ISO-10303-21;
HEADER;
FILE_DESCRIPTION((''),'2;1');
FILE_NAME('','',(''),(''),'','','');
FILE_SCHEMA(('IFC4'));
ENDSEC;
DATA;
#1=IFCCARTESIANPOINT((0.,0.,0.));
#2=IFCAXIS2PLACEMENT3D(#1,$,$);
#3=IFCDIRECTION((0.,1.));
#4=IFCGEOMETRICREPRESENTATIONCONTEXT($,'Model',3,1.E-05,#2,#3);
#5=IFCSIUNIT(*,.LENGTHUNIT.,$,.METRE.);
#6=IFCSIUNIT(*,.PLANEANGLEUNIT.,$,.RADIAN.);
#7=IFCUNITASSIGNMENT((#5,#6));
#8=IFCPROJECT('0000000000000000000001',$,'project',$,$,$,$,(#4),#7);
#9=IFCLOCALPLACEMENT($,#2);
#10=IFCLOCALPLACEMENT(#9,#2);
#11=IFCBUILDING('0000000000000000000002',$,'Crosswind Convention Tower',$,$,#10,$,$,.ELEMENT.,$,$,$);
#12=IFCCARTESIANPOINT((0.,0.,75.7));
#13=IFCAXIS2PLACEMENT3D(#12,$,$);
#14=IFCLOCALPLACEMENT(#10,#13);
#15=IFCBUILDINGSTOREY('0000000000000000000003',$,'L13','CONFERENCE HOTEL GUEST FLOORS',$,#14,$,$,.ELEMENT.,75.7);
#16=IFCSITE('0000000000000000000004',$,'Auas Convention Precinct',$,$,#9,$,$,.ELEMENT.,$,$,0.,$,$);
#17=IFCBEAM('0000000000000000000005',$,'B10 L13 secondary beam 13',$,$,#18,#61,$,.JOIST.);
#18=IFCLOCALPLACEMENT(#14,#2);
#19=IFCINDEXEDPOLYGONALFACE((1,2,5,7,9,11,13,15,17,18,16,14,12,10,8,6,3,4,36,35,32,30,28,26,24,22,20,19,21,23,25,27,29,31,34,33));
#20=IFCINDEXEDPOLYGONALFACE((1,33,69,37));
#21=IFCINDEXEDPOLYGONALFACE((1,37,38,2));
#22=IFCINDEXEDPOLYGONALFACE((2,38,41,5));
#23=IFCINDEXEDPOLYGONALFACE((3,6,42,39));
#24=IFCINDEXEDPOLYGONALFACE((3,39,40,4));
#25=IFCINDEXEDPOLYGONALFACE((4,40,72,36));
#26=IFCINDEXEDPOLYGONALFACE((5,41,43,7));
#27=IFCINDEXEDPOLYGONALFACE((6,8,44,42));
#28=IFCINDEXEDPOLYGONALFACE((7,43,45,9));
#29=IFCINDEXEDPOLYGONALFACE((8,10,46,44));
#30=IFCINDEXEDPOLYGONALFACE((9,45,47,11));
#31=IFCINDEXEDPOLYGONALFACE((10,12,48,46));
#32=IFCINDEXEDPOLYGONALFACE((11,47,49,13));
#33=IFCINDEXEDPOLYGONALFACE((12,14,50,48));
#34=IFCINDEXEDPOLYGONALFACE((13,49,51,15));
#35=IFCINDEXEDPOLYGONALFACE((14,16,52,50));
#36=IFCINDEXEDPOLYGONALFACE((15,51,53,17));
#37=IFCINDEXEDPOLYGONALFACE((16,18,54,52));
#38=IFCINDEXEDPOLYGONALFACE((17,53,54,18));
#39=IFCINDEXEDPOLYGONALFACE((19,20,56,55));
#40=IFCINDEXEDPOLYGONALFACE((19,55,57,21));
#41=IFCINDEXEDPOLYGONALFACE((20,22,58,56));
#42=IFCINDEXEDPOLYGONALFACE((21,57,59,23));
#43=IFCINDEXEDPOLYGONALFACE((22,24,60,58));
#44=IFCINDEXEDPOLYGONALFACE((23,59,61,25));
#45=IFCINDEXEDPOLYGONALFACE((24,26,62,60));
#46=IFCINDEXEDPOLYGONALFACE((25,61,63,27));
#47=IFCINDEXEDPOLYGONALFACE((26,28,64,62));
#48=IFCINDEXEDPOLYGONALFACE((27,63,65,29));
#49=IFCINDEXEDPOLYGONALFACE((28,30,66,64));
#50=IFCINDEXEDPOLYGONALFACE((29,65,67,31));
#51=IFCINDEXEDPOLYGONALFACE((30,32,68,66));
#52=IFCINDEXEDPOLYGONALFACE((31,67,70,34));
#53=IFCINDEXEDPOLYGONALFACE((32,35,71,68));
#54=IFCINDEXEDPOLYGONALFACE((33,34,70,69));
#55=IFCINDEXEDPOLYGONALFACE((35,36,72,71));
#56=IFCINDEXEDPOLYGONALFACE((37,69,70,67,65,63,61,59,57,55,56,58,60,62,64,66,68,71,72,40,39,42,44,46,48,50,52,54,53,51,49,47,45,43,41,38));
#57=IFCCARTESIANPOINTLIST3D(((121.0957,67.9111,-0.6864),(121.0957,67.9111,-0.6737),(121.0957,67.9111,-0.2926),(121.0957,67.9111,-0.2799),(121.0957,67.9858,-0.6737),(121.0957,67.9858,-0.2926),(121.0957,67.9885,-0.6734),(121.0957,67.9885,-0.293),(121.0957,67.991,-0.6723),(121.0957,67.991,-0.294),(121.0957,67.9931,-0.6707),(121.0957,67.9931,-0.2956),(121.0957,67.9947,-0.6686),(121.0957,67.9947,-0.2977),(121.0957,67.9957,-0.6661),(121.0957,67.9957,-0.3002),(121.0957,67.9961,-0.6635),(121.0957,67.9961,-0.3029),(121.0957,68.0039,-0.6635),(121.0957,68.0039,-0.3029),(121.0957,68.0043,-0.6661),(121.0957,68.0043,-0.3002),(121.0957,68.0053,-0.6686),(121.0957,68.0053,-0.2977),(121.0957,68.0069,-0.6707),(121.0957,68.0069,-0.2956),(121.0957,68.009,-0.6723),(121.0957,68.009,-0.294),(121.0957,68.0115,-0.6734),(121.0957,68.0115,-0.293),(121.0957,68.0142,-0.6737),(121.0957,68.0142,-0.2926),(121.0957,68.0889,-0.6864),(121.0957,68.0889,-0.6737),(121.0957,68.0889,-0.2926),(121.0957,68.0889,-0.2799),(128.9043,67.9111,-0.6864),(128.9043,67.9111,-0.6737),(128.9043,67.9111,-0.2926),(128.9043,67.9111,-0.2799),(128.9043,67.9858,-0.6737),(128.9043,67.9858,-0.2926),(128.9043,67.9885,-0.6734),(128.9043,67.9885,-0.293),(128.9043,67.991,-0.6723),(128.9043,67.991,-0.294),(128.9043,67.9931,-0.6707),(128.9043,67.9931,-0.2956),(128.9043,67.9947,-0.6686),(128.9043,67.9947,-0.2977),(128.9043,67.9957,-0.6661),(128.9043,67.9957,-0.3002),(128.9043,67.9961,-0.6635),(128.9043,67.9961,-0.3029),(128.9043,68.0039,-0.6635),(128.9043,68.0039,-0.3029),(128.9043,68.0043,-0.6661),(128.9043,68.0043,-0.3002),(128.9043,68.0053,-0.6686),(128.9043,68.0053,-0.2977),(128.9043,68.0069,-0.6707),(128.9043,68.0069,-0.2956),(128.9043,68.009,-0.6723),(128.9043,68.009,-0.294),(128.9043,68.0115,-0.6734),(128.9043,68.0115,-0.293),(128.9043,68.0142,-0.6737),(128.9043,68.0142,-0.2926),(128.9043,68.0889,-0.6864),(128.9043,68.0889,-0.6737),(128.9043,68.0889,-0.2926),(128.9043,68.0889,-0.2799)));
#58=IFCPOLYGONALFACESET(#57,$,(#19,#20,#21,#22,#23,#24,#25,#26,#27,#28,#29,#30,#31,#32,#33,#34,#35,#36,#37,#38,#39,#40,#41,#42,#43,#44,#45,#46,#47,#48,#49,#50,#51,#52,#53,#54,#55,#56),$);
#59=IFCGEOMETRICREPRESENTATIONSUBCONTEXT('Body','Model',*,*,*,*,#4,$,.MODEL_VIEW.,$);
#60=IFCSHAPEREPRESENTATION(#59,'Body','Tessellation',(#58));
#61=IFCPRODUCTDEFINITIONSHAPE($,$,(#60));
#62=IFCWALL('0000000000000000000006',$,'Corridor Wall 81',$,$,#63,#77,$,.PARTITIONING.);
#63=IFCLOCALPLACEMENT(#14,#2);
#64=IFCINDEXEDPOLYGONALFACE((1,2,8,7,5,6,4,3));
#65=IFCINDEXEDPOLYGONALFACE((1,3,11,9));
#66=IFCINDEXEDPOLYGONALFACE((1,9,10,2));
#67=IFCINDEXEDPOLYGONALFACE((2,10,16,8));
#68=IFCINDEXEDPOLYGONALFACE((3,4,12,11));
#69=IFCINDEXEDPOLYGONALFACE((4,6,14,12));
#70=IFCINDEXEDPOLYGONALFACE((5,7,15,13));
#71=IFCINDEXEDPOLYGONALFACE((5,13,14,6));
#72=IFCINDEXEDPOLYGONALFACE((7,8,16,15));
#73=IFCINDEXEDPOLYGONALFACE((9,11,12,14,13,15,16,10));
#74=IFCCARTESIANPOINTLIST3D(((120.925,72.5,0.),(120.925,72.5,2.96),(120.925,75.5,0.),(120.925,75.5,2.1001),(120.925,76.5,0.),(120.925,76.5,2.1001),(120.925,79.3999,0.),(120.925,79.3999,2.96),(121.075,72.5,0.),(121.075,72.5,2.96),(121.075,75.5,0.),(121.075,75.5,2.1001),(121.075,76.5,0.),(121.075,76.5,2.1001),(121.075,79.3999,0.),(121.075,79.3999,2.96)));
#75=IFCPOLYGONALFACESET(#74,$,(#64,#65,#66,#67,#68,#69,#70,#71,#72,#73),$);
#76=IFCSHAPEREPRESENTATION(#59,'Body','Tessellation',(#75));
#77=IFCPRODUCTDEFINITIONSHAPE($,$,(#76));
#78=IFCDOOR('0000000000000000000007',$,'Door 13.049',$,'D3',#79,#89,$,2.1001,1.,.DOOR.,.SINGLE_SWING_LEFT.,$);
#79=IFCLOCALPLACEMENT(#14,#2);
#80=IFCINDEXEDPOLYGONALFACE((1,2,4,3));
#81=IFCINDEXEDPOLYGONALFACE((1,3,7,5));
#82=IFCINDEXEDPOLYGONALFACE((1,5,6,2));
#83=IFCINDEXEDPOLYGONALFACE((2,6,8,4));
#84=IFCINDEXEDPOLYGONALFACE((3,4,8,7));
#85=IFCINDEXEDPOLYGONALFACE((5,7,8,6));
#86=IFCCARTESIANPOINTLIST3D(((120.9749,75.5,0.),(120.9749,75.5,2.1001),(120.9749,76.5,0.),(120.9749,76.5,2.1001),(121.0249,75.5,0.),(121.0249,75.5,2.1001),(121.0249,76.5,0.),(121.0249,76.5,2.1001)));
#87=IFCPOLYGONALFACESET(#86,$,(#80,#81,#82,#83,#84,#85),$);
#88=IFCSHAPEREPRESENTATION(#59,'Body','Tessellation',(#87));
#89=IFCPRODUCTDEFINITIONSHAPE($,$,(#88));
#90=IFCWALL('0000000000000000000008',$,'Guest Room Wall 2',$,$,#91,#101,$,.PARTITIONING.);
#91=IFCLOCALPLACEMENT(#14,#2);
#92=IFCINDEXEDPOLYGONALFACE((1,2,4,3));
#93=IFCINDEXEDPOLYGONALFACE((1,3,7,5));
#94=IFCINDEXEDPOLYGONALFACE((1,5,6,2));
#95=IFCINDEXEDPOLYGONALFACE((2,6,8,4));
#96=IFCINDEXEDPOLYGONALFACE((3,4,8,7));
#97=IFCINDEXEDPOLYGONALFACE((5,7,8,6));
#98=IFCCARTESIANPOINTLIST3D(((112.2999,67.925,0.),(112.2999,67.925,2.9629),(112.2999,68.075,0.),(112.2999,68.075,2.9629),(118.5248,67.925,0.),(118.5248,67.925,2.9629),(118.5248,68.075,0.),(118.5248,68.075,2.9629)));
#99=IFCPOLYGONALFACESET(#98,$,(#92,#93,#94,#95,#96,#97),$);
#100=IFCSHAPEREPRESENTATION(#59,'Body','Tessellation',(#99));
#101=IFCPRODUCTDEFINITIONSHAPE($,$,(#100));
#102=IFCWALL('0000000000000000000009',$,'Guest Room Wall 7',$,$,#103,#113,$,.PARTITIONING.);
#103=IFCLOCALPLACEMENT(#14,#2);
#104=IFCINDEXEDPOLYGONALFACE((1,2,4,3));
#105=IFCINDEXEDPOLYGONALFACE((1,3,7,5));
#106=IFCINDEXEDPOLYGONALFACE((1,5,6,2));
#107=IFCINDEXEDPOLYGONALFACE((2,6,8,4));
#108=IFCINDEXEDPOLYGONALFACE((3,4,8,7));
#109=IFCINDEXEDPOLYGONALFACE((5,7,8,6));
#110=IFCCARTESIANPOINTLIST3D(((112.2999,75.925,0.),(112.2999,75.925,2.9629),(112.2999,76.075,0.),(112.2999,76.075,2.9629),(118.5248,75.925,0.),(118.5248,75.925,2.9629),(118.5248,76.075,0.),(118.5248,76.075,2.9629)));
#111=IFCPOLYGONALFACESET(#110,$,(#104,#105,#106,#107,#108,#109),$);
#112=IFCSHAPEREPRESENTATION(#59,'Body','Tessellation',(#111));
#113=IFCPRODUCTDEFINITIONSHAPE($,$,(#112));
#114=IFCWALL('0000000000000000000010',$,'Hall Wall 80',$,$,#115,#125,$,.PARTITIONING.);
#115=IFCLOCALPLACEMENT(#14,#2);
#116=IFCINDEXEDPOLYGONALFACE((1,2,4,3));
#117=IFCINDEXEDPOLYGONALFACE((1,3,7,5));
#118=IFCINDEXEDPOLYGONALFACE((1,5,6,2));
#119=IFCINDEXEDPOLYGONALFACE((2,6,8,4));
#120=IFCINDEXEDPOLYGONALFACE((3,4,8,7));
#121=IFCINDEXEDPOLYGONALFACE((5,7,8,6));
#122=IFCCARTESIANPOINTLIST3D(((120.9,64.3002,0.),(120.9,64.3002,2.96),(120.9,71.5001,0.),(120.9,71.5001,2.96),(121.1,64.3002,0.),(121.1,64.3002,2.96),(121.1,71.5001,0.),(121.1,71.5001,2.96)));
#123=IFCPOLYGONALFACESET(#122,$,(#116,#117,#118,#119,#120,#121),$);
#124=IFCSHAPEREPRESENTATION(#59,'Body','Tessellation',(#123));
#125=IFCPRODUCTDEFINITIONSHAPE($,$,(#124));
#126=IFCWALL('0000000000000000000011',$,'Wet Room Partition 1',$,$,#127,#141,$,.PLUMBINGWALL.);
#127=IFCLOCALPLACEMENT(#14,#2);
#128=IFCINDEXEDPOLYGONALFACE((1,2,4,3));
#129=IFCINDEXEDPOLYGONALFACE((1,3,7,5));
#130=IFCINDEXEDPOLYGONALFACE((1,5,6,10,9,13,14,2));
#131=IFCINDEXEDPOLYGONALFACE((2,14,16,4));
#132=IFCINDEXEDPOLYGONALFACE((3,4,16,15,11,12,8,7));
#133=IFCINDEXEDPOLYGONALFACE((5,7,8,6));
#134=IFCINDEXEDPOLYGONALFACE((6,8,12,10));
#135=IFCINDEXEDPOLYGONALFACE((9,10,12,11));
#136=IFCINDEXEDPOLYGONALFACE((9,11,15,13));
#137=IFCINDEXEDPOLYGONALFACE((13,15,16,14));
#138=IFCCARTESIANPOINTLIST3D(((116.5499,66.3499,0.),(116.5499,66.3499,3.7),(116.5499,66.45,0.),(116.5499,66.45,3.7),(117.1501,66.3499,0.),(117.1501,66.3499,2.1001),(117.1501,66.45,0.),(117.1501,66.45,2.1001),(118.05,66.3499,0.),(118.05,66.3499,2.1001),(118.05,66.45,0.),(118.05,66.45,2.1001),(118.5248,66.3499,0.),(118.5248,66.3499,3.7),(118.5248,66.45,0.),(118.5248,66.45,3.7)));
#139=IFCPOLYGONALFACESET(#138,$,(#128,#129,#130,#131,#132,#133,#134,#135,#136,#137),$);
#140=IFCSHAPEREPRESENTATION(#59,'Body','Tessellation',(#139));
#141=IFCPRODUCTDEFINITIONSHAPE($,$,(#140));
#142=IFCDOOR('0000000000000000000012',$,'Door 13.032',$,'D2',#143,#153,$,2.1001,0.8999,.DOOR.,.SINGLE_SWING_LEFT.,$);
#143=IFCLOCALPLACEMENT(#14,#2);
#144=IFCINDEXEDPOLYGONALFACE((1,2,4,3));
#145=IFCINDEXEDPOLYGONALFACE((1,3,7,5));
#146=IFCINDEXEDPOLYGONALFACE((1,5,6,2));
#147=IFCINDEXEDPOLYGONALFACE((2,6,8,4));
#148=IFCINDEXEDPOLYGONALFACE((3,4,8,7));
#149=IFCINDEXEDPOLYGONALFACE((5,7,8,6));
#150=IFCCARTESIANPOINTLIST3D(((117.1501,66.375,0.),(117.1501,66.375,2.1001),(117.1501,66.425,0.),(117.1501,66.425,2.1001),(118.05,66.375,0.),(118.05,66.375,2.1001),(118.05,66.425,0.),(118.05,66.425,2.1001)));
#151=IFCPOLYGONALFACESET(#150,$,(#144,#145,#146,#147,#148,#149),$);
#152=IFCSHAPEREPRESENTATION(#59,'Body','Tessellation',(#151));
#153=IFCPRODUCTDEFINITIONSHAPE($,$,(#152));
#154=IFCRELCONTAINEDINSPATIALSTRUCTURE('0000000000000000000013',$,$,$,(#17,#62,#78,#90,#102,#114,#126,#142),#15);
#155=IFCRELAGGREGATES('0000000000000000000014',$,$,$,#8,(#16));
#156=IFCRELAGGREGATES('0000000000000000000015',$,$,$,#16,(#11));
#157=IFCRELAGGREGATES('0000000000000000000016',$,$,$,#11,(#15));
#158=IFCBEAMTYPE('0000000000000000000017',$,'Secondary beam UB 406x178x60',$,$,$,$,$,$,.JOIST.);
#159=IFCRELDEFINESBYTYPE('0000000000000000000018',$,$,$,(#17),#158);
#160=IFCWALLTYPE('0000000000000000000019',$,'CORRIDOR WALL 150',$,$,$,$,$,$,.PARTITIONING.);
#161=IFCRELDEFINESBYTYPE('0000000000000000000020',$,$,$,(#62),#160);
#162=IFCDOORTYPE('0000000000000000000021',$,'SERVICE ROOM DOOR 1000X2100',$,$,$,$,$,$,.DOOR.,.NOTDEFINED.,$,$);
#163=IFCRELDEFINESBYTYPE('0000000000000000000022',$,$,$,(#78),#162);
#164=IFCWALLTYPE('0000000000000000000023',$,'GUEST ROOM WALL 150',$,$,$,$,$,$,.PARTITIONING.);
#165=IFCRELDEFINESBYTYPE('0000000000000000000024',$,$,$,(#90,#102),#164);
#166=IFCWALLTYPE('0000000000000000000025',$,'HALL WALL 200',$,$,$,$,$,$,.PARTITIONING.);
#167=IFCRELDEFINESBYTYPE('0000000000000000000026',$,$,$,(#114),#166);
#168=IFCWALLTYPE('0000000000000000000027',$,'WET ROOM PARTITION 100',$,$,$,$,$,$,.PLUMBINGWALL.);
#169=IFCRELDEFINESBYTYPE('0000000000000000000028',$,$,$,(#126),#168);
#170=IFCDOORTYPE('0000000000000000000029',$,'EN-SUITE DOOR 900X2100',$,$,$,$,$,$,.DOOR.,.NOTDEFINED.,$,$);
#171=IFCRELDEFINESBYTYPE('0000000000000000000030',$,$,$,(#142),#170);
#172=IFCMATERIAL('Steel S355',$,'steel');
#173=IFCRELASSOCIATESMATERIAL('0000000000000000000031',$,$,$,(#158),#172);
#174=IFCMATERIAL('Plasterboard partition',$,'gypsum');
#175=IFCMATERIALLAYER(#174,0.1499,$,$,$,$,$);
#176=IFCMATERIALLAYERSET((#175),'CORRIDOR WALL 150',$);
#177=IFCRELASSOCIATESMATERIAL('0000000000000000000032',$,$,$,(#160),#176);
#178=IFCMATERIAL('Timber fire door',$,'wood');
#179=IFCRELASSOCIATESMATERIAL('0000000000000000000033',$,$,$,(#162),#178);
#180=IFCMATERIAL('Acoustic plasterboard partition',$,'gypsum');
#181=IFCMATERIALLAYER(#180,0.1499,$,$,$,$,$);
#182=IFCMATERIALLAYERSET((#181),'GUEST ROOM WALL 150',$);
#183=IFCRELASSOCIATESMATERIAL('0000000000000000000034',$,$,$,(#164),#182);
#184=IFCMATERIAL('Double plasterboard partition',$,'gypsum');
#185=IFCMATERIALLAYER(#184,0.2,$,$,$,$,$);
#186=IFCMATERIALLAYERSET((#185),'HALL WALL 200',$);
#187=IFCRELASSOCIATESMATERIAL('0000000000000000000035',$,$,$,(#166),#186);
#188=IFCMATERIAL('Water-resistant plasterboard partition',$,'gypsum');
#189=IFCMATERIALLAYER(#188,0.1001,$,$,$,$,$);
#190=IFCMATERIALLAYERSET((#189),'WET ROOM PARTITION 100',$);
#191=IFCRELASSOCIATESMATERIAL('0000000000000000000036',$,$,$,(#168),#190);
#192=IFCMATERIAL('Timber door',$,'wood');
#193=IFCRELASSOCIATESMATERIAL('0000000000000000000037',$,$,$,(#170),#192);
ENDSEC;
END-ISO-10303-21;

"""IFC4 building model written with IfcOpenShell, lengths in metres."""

from ifc_helpers import new_model, si_unit, direction, frame, frame_2d, origin, origin_2d, place, context, subcontext, project, spatial, rectangle, i_section, extrude, material, layer, layer_set, material_profile, profile_set, type_object, element, fill, save


model = new_model("IFC4")

# Units and contexts
model_context = context("Model", 3, precision=1e-05, world=origin(), true_north=direction((0.0, 1.0)))
body_context = subcontext(model_context, "Body", "Model", "MODEL_VIEW")
ifc_project = project(units=[si_unit("LENGTHUNIT", "METRE"), si_unit("PLANEANGLEUNIT", "RADIAN")], contexts=[model_context])

# Site, building, storey
site_placement = place(None, origin())
site = spatial("IfcSite", under=ifc_project, at=site_placement, Name="Auas Convention Precinct", CompositionType="ELEMENT", RefElevation=0.0)
building_placement = place(site_placement, origin())
building = spatial("IfcBuilding", under=site, at=building_placement, Name="Crosswind Convention Tower", CompositionType="ELEMENT")
storey_placement = place(building_placement, frame((0.0, 0.0, 75.7)))
storey = spatial("IfcBuildingStorey", under=building, at=storey_placement, Name="L13", Description="CONFERENCE HOTEL GUEST FLOORS", CompositionType="ELEMENT", Elevation=75.7)

# Beam
ifc_material_1 = material(Name="Steel S355", Category="steel")
ifc_material_profile_1 = material_profile(ifc_material_1, i_section(OverallWidth=0.1777, OverallDepth=0.4065, WebThickness=0.0078, FlangeThickness=0.0127, FilletRadius=0.0103, at=origin_2d()), Name="UB 406x178x60")
ifc_profile_set_1 = profile_set([ifc_material_profile_1], Name="Steel S355")
beam_type_1 = type_object("IfcBeamType", Name="Secondary beam UB 406x178x60", PredefinedType="JOIST", material=ifc_profile_set_1)
beam_1_placement = place(storey_placement, frame((121.0957, 68.0, -0.4832), z_axis=(1.0, 0.0, 0.0), x_axis=(0.0, 1.0, 0.0)))
element("IfcBeam", 1, at=beam_1_placement, inside=storey, type_object=beam_type_1, Name="B10 L13 secondary beam 13", PredefinedType="JOIST", context=body_context, shape_type="SweptSolid", body=[
    extrude(i_section(OverallWidth=0.1777, OverallDepth=0.4065, WebThickness=0.0078, FlangeThickness=0.0127, FilletRadius=0.0103, at=origin_2d()), origin(), (0.0, 0.0, 1.0), 7.8086),
])

# Wall, opening, door
ifc_material_2 = material(Name="Plasterboard partition", Category="gypsum")
ifc_layer_1 = layer(ifc_material_2, 0.1499)
ifc_layer_set_1 = layer_set([ifc_layer_1], Name="CORRIDOR WALL 150")
wall_type_1 = type_object("IfcWallType", Name="CORRIDOR WALL 150", PredefinedType="PARTITIONING", material=ifc_layer_set_1)
wall_1_placement = place(storey_placement, frame((121.0, 72.5, 0.0), z_axis=(0.0, 0.0, 1.0), x_axis=(0.0, 1.0, 0.0)))
wall_1 = element("IfcWall", 2, at=wall_1_placement, inside=storey, type_object=wall_type_1, Name="Corridor Wall 81", PredefinedType="PARTITIONING", context=body_context, shape_type="SweptSolid", body=[
    extrude(rectangle(XDim=6.8999, YDim=0.1499, at=frame_2d((3.45, 0.0))), origin(), (0.0, 0.0, 1.0), 2.96),
])
opening_1_placement = place(wall_1_placement, frame((3.0, 0.0, 0.0)))
opening_1 = element("IfcOpeningElement", 3, at=opening_1_placement, cuts=wall_1, PredefinedType="OPENING", context=body_context, shape_type="SweptSolid", body=[
    extrude(rectangle(XDim=1.0, YDim=2.1001, at=frame_2d((0.5, 1.05))), frame((0.0, 0.085, 0.0), z_axis=(0.0, -1.0, 0.0), x_axis=(1.0, 0.0, 0.0)), (0.0, 0.0, 1.0), 0.1699),
])
ifc_material_3 = material(Name="Timber fire door", Category="wood")
door_type_1 = type_object("IfcDoorType", Name="SERVICE ROOM DOOR 1000X2100", OperationType="NOTDEFINED", PredefinedType="DOOR", material=ifc_material_3)
door_1_placement = place(opening_1_placement, frame((1.0, 0.0, 0.0), z_axis=(0.0, 0.0, 1.0), x_axis=(-1.0, 0.0, 0.0)))
door_1 = element("IfcDoor", 4, at=door_1_placement, inside=storey, type_object=door_type_1, Name="Door 13.049", ObjectType="D3", OperationType="SINGLE_SWING_LEFT", OverallHeight=2.1001, OverallWidth=1.0, PredefinedType="DOOR", context=body_context, shape_type="SweptSolid", body=[
    extrude(rectangle(XDim=1.0, YDim=2.1001, at=frame_2d((0.5, 1.05))), frame((0.0, 0.0249, 0.0), z_axis=(0.0, -1.0, 0.0), x_axis=(1.0, 0.0, 0.0)), (0.0, 0.0, 1.0), 0.05),
])
fill(opening_1, door_1)

# Walls
ifc_material_4 = material(Name="Acoustic plasterboard partition", Category="gypsum")
ifc_layer_2 = layer(ifc_material_4, 0.1499)
ifc_layer_set_2 = layer_set([ifc_layer_2], Name="GUEST ROOM WALL 150")
wall_type_2 = type_object("IfcWallType", Name="GUEST ROOM WALL 150", PredefinedType="PARTITIONING", material=ifc_layer_set_2)
for number, where, z_axis, x_axis, name in (
    (5, (112.3, 68.0, 0.0), (0.0, 0.0, 1.0), (1.0, 0.0, 0.0), "Guest Room Wall 2"),
    (6, (112.3, 76.0, 0.0), (0.0, 0.0, 1.0), (1.0, 0.0, 0.0), "Guest Room Wall 7"),
):
    element("IfcWall", number, at=place(storey_placement, frame(where, z_axis=z_axis, x_axis=x_axis)), inside=storey, type_object=wall_type_2, Name=name, PredefinedType="PARTITIONING", context=body_context, shape_type="SweptSolid", body=[
        extrude(rectangle(XDim=6.2249, YDim=0.1499, at=frame_2d((3.1123, 0.0))), origin(), (0.0, 0.0, 1.0), 2.9629),
    ])
ifc_material_5 = material(Name="Double plasterboard partition", Category="gypsum")
ifc_layer_3 = layer(ifc_material_5, 0.2)
ifc_layer_set_3 = layer_set([ifc_layer_3], Name="HALL WALL 200")
wall_type_3 = type_object("IfcWallType", Name="HALL WALL 200", PredefinedType="PARTITIONING", material=ifc_layer_set_3)
wall_2_placement = place(storey_placement, frame((121.0, 64.3, 0.0), z_axis=(0.0, 0.0, 1.0), x_axis=(0.0, 1.0, 0.0)))
element("IfcWall", 7, at=wall_2_placement, inside=storey, type_object=wall_type_3, Name="Hall Wall 80", PredefinedType="PARTITIONING", context=body_context, shape_type="SweptSolid", body=[
    extrude(rectangle(XDim=7.2, YDim=0.2, at=frame_2d((3.6001, 0.0))), origin(), (0.0, 0.0, 1.0), 2.96),
])

# Wall, opening, door
ifc_material_6 = material(Name="Water-resistant plasterboard partition", Category="gypsum")
ifc_layer_4 = layer(ifc_material_6, 0.1001)
ifc_layer_set_4 = layer_set([ifc_layer_4], Name="WET ROOM PARTITION 100")
wall_type_4 = type_object("IfcWallType", Name="WET ROOM PARTITION 100", PredefinedType="PLUMBINGWALL", material=ifc_layer_set_4)
wall_3_placement = place(storey_placement, frame((116.55, 66.3999, 0.0), z_axis=(0.0, 0.0, 1.0), x_axis=(1.0, 0.0, 0.0)))
wall_3 = element("IfcWall", 8, at=wall_3_placement, inside=storey, type_object=wall_type_4, Name="Wet Room Partition 1", PredefinedType="PLUMBINGWALL", context=body_context, shape_type="SweptSolid", body=[
    extrude(rectangle(XDim=1.9749, YDim=0.1001, at=frame_2d((0.9873, 0.0))), origin(), (0.0, 0.0, 1.0), 3.7),
])
opening_2_placement = place(wall_3_placement, frame((0.6001, 0.0, 0.0)))
opening_2 = element("IfcOpeningElement", 9, at=opening_2_placement, cuts=wall_3, PredefinedType="OPENING", context=body_context, shape_type="SweptSolid", body=[
    extrude(rectangle(XDim=0.8999, YDim=2.1001, at=frame_2d((0.45, 1.05))), frame((0.0, 0.0601, 0.0), z_axis=(0.0, -1.0, 0.0), x_axis=(1.0, 0.0, 0.0)), (0.0, 0.0, 1.0), 0.1201),
])
ifc_material_7 = material(Name="Timber door", Category="wood")
door_type_2 = type_object("IfcDoorType", Name="EN-SUITE DOOR 900X2100", OperationType="NOTDEFINED", PredefinedType="DOOR", material=ifc_material_7)
door_2_placement = place(opening_2_placement, frame((0.8999, 0.0, 0.0), z_axis=(0.0, 0.0, 1.0), x_axis=(-1.0, 0.0, 0.0)))
door_2 = element("IfcDoor", 10, at=door_2_placement, inside=storey, type_object=door_type_2, Name="Door 13.032", ObjectType="D2", OperationType="SINGLE_SWING_LEFT", OverallHeight=2.1001, OverallWidth=0.8999, PredefinedType="DOOR", context=body_context, shape_type="SweptSolid", body=[
    extrude(rectangle(XDim=0.8999, YDim=2.1001, at=frame_2d((0.45, 1.05))), frame((0.0, 0.0249, 0.0), z_axis=(0.0, -1.0, 0.0), x_axis=(1.0, 0.0, 0.0)), (0.0, 0.0, 1.0), 0.05),
])
fill(opening_2, door_2)

save(model, "model.ifc")
